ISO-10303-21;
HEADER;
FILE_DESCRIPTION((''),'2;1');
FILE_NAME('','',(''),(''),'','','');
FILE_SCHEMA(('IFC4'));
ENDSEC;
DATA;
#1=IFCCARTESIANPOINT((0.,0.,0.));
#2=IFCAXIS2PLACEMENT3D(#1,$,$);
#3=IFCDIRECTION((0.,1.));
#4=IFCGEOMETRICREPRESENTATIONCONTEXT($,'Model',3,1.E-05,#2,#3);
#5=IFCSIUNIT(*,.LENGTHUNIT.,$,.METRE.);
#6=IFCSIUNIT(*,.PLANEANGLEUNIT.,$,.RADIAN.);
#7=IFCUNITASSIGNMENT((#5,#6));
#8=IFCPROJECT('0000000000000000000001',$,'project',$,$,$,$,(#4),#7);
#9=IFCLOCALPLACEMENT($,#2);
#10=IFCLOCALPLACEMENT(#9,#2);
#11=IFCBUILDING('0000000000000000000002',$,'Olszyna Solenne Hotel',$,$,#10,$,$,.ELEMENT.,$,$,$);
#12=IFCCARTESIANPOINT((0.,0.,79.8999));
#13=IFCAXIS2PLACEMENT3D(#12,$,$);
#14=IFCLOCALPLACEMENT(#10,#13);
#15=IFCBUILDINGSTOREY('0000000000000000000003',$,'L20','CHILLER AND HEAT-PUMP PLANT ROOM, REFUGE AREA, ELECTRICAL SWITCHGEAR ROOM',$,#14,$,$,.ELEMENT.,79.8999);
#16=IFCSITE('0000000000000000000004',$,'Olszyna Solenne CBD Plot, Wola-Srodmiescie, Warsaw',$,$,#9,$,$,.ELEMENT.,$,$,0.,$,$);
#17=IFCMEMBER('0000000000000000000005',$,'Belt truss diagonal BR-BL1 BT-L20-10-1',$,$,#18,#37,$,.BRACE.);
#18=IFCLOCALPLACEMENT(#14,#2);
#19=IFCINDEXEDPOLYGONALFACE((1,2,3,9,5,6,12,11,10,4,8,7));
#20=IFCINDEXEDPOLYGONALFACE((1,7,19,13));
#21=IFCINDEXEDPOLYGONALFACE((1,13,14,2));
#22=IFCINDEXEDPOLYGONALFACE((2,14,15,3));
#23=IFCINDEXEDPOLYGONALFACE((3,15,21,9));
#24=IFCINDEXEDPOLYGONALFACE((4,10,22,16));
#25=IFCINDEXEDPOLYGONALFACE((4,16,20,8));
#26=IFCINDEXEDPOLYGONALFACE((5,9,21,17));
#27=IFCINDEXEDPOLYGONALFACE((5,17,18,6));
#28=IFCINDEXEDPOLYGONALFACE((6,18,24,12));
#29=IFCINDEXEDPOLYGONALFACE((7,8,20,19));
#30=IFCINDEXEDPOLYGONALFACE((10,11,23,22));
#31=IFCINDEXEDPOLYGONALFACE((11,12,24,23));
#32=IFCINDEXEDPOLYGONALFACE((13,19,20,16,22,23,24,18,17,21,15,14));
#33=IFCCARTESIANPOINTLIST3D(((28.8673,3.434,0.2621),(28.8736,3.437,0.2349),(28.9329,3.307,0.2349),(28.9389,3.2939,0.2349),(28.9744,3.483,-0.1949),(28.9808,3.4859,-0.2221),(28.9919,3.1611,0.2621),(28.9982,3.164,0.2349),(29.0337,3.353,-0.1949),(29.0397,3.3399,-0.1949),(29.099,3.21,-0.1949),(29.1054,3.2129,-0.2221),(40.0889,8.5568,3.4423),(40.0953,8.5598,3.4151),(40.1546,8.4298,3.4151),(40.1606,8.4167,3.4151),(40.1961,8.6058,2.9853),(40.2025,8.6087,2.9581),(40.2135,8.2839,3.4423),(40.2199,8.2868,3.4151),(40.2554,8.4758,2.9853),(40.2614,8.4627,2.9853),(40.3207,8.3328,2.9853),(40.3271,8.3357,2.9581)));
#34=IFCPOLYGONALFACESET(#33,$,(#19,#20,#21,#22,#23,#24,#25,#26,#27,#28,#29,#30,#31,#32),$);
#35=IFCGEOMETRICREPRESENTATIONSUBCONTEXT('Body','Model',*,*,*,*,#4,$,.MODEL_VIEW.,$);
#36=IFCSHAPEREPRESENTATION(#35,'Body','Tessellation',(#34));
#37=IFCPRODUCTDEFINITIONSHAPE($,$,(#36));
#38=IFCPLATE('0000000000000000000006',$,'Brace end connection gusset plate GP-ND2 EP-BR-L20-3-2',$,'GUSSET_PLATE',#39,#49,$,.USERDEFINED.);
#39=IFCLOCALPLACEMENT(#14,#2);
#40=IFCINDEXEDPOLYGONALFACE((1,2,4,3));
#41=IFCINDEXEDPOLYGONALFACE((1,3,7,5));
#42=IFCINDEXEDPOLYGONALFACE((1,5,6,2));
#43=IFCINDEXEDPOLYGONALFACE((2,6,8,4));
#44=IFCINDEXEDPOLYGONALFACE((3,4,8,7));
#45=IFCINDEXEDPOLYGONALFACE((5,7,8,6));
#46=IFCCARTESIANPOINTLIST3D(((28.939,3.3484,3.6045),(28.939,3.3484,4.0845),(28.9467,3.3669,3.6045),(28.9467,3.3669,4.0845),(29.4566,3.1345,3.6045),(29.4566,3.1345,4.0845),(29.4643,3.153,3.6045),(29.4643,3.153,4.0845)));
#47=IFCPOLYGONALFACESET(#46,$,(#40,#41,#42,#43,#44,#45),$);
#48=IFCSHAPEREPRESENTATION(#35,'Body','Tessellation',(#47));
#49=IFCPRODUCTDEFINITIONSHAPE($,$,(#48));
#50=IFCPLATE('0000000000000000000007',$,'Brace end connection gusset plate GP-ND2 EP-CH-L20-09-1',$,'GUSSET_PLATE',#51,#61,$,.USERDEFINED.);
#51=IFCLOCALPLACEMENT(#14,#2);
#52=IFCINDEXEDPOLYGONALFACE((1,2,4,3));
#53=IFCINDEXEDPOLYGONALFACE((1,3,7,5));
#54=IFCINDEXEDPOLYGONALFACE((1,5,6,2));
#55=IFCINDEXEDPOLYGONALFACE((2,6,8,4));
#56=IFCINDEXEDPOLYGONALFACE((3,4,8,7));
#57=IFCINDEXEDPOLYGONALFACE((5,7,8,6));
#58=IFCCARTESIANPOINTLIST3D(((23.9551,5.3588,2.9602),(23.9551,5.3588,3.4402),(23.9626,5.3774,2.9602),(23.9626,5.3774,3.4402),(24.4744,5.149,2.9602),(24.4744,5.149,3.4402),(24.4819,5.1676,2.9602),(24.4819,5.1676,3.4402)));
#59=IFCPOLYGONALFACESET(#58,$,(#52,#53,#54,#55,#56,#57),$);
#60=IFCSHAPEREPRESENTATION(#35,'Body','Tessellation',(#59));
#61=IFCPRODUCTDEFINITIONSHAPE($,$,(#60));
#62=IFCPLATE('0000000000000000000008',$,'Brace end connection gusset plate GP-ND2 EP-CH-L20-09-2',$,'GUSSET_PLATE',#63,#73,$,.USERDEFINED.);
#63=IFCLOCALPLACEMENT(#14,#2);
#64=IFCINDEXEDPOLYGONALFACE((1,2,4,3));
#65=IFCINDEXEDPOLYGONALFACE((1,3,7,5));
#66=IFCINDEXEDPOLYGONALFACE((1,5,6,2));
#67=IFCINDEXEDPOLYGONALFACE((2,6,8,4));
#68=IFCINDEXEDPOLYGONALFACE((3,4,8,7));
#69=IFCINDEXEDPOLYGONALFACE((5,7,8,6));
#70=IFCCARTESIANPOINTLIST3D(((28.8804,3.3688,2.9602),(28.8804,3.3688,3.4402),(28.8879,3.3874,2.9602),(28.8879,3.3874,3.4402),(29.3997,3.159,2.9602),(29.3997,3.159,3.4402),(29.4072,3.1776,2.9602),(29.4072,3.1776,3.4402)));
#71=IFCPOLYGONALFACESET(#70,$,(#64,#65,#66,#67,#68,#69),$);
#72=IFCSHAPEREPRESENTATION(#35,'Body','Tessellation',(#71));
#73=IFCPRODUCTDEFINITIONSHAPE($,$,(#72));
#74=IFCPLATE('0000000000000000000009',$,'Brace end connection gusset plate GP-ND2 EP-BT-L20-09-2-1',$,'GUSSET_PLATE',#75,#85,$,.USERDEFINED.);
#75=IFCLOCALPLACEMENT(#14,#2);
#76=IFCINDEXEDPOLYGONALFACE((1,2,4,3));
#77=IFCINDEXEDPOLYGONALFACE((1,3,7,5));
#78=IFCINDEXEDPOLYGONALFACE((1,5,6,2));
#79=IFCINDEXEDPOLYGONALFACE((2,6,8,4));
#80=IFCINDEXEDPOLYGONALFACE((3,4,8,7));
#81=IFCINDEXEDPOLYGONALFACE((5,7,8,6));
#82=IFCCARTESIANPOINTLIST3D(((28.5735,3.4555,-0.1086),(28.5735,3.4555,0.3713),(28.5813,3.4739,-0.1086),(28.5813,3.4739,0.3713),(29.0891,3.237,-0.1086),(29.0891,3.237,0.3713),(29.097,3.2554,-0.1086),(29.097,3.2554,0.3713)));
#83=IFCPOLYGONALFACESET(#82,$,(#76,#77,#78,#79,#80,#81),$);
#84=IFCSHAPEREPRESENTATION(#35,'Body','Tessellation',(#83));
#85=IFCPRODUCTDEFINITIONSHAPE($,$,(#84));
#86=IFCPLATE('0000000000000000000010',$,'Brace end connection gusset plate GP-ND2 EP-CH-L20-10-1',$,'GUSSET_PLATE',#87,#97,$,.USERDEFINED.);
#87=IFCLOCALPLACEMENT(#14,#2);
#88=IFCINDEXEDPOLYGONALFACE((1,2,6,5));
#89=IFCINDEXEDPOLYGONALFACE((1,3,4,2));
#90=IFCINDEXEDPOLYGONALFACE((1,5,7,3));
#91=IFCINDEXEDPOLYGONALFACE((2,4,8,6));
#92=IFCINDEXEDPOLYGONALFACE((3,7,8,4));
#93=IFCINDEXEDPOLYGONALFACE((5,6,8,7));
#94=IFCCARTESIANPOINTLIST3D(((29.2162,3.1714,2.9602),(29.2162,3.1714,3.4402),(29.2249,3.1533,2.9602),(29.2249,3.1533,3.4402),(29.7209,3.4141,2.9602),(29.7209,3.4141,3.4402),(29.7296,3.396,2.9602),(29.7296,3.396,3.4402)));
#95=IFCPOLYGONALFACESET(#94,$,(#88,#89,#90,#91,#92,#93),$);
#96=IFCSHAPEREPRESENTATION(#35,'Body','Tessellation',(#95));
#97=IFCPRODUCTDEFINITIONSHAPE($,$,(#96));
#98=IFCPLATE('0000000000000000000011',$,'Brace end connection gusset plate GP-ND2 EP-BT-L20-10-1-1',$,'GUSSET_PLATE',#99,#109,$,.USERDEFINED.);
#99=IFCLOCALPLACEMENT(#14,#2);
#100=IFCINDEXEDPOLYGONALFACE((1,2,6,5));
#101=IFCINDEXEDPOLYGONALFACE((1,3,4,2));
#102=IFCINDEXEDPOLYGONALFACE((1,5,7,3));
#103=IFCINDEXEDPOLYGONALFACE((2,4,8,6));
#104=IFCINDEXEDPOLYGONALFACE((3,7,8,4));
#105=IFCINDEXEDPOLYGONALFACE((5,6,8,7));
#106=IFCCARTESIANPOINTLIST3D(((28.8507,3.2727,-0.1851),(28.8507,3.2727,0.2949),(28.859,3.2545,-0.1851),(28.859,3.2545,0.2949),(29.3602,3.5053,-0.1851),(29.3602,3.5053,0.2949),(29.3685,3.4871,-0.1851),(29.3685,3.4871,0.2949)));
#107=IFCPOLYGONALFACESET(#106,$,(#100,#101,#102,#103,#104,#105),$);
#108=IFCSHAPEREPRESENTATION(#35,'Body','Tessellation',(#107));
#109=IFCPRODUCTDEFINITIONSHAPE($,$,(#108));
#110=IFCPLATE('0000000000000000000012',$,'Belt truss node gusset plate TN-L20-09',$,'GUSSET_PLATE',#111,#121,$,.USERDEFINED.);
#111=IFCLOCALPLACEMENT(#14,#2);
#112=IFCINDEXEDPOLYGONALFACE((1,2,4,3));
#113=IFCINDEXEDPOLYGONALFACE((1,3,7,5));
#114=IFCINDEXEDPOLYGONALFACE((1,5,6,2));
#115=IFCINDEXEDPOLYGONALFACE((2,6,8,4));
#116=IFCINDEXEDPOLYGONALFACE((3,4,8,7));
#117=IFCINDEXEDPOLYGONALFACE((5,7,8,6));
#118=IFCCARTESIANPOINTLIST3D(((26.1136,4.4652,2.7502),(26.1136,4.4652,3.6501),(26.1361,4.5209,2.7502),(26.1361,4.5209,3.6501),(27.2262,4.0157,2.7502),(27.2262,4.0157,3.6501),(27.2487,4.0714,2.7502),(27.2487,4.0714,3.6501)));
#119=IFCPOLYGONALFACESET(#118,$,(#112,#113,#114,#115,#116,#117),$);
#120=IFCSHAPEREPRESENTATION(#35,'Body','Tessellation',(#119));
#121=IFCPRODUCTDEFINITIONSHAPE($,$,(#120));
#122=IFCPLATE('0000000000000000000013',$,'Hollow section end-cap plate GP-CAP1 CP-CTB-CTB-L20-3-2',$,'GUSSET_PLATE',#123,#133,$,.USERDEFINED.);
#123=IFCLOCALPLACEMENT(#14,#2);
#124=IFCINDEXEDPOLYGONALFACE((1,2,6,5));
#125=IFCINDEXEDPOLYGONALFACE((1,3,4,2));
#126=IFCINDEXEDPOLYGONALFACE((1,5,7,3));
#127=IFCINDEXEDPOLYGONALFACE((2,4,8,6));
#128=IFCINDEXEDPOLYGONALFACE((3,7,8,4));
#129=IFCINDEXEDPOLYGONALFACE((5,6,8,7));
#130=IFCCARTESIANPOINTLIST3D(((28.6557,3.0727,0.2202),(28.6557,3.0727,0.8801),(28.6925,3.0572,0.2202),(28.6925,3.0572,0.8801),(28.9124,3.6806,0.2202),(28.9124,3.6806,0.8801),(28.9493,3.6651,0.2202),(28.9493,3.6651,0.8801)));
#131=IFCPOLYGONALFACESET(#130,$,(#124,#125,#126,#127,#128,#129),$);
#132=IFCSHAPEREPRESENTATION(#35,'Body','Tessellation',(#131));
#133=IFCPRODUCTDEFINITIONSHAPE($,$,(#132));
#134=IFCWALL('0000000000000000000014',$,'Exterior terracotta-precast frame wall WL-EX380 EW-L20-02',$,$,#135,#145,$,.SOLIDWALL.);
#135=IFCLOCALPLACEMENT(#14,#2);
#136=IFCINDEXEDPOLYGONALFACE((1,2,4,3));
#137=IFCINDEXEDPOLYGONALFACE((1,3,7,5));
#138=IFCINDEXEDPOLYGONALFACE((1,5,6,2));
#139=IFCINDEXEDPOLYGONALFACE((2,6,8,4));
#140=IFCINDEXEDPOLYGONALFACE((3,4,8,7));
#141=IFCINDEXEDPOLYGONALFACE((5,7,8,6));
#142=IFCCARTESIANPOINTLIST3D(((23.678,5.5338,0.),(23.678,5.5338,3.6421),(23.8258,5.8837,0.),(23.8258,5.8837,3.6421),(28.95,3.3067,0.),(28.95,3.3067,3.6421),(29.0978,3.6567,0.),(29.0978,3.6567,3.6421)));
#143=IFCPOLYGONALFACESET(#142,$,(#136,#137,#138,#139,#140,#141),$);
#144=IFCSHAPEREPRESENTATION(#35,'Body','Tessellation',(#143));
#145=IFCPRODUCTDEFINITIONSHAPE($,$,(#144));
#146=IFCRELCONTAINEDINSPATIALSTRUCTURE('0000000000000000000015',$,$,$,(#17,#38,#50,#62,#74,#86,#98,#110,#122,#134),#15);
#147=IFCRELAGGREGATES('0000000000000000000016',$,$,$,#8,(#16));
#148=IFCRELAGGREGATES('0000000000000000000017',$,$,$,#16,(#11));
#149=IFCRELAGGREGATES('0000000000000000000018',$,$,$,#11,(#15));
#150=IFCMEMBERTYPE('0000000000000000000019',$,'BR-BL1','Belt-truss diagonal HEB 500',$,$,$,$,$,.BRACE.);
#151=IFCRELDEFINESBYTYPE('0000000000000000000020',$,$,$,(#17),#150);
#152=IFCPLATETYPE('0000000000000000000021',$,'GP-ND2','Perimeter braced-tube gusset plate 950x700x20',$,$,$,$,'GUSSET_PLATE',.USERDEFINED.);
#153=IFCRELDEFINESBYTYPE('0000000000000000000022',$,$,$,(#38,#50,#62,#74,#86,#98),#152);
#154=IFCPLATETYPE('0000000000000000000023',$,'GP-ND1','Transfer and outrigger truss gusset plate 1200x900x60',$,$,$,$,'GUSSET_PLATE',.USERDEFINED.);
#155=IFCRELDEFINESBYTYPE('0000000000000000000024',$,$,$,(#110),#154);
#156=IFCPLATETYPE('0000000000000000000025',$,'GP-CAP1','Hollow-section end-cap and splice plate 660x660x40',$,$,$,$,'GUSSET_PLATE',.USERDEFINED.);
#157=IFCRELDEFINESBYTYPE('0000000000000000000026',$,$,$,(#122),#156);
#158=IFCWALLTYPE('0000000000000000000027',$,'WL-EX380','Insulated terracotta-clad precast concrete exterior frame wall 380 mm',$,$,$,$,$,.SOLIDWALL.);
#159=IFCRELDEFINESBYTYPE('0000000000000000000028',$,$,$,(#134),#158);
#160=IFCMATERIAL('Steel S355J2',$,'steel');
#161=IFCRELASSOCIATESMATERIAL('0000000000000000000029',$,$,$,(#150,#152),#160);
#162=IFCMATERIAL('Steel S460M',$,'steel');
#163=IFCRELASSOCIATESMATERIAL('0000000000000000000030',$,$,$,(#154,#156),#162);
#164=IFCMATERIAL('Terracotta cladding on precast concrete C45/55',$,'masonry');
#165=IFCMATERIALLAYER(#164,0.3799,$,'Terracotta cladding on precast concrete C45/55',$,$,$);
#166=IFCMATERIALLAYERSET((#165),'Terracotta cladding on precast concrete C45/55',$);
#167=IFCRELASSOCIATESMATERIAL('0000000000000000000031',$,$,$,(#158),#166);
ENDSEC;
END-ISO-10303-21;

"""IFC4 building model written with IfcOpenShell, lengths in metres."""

from ifc_helpers import new_model, si_unit, direction, frame, frame_2d, origin, origin_2d, place, context, subcontext, project, spatial, rectangle, i_section, extrude, source, transform, mapped, material, layer, layer_set, material_profile, profile_set, type_object, element, save


model = new_model("IFC4")

# Units and contexts
model_context = context("Model", 3, precision=1e-05, world=origin(), true_north=direction((0.0, 1.0)))
body_context = subcontext(model_context, "Body", "Model", "MODEL_VIEW")
ifc_project = project(units=[si_unit("LENGTHUNIT", "METRE"), si_unit("PLANEANGLEUNIT", "RADIAN")], contexts=[model_context])

# Site, building, storey
site_placement = place(None, origin())
site = spatial("IfcSite", under=ifc_project, at=site_placement, Name="Olszyna Solenne CBD Plot, Wola-Srodmiescie, Warsaw", CompositionType="ELEMENT", RefElevation=0.0)
building_placement = place(site_placement, origin())
building = spatial("IfcBuilding", under=site, at=building_placement, Name="Olszyna Solenne Hotel", CompositionType="ELEMENT")
storey_placement = place(building_placement, frame((0.0, 0.0, 79.8999)))
storey = spatial("IfcBuildingStorey", under=building, at=storey_placement, Name="L20", Description="CHILLER AND HEAT-PUMP PLANT ROOM, REFUGE AREA, ELECTRICAL SWITCHGEAR ROOM", CompositionType="ELEMENT", Elevation=79.8999)

# Shared definitions
ifc_material_1 = material(Name="Steel S460M", Category="steel")

# Shared definitions
ifc_material_2 = material(Name="Steel S355J2", Category="steel")

# Member
ifc_material_profile_1 = material_profile(ifc_material_2, i_section(OverallWidth=0.3, OverallDepth=0.5, WebThickness=0.0144, FlangeThickness=0.0281, at=origin_2d()), Name="HEB 500", Category="load-bearing")
ifc_profile_set_1 = profile_set([ifc_material_profile_1], Name="Steel S355J2")
member_type_1 = type_object("IfcMemberType", Name="BR-BL1", Description="Belt-truss diagonal HEB 500", PredefinedType="BRACE", material=ifc_profile_set_1)
shared_shape_1 = source(origin(), body_context, "Body", "SweptSolid", [
    extrude(i_section(OverallWidth=0.3, OverallDepth=0.5, WebThickness=0.0144, FlangeThickness=0.0281, at=origin_2d()), origin(), (0.0, 0.0, 1.0), 12.739),
])
member_1_placement = place(storey_placement, frame((28.9863, 3.3235, 0.02), z_axis=(0.88089, 0.402135, 0.24964), x_axis=(-0.415283, 0.909692, 0.0)))
element("IfcMember", 1, at=member_1_placement, inside=storey, type_object=member_type_1, Name="Belt truss diagonal BR-BL1 BT-L20-10-1", PredefinedType="BRACE", context=body_context, shape_type="MappedRepresentation", body=[
    mapped(shared_shape_1, transform((0.0, 0.0, 0.0), x_axis=(1.0, 0.0, 0.0), y_axis=(0.0, 1.0, 0.0), z_axis=(0.0, 0.0, 1.0), scale=1.0)),
])

# Plates
plate_type_1 = type_object("IfcPlateType", Name="GP-ND2", Description="Perimeter braced-tube gusset plate 950x700x20", ElementType="GUSSET_PLATE", PredefinedType="USERDEFINED", material=ifc_material_2)
shared_shape_2 = source(origin(), body_context, "Body", "SweptSolid", [
    extrude(rectangle(XDim=0.5601, YDim=0.02, at=origin_2d()), origin(), (0.0, 0.0, 1.0), 0.48),
])
for number, where, z_axis, x_axis, name in (
    (2, (29.2017, 3.2507, 3.6045), (0.0, 0.0, 1.0), (0.924213, -0.381877, 0.0), "Brace end connection gusset plate GP-ND2 EP-BR-L20-3-2"),
    (3, (24.2185, 5.2632, 2.9602), (0.0, 0.0, 1.0), (0.927184, -0.374607, 0.0), "Brace end connection gusset plate GP-ND2 EP-CH-L20-09-1"),
    (4, (29.1438, 3.2732, 2.9602), (0.0, 0.0, 1.0), (0.927184, -0.374607, 0.0), "Brace end connection gusset plate GP-ND2 EP-CH-L20-09-2"),
    (5, (28.8352, 3.3555, -0.1086), (0.0, 0.0, 1.0), (-0.920777, 0.390088, 0.0), "Brace end connection gusset plate GP-ND2 EP-BT-L20-09-2-1"),
    (6, (29.4729, 3.2837, 2.9602), (0.0, 0.0, 1.0), (0.901228, 0.433345, 0.0), "Brace end connection gusset plate GP-ND2 EP-CH-L20-10-1"),
    (7, (29.1096, 3.3799, -0.1851), (0.0, 0.0, 1.0), (0.909672, 0.415328, 0.0), "Brace end connection gusset plate GP-ND2 EP-BT-L20-10-1-1"),
):
    element("IfcPlate", number, at=place(storey_placement, frame(where, z_axis=z_axis, x_axis=x_axis)), inside=storey, type_object=plate_type_1, Name=name, ObjectType="GUSSET_PLATE", PredefinedType="USERDEFINED", context=body_context, shape_type="MappedRepresentation", body=[
        mapped(shared_shape_2, transform((0.0, 0.0, 0.0), x_axis=(1.0, 0.0, 0.0), y_axis=(0.0, 1.0, 0.0), z_axis=(0.0, 0.0, 1.0), scale=1.0)),
    ])
plate_type_2 = type_object("IfcPlateType", Name="GP-ND1", Description="Transfer and outrigger truss gusset plate 1200x900x60", ElementType="GUSSET_PLATE", PredefinedType="USERDEFINED", material=ifc_material_1)
shared_shape_3 = source(origin(), body_context, "Body", "SweptSolid", [
    extrude(rectangle(XDim=1.2, YDim=0.0601, at=origin_2d()), origin(), (0.0, 0.0, 1.0), 0.8999),
])
plate_1_placement = place(storey_placement, frame((26.6812, 4.2683, 2.7502), z_axis=(0.0, 0.0, 1.0), x_axis=(0.927184, -0.374607, 0.0)))
element("IfcPlate", 8, at=plate_1_placement, inside=storey, type_object=plate_type_2, Name="Belt truss node gusset plate TN-L20-09", ObjectType="GUSSET_PLATE", PredefinedType="USERDEFINED", context=body_context, shape_type="MappedRepresentation", body=[
    mapped(shared_shape_3, transform((0.0, 0.0, 0.0), x_axis=(1.0, 0.0, 0.0), y_axis=(0.0, 1.0, 0.0), z_axis=(0.0, 0.0, 1.0), scale=1.0)),
])
plate_type_3 = type_object("IfcPlateType", Name="GP-CAP1", Description="Hollow-section end-cap and splice plate 660x660x40", ElementType="GUSSET_PLATE", PredefinedType="USERDEFINED", material=ifc_material_1)
shared_shape_4 = source(origin(), body_context, "Body", "SweptSolid", [
    extrude(rectangle(XDim=0.04, YDim=0.6599, at=origin_2d()), origin(), (0.0, 0.0, 1.0), 0.6599),
])
plate_2_placement = place(storey_placement, frame((28.8025, 3.3689, 0.2202), z_axis=(0.0, 0.0, 1.0), x_axis=(0.921185, -0.389124, 0.0)))
element("IfcPlate", 9, at=plate_2_placement, inside=storey, type_object=plate_type_3, Name="Hollow section end-cap plate GP-CAP1 CP-CTB-CTB-L20-3-2", ObjectType="GUSSET_PLATE", PredefinedType="USERDEFINED", context=body_context, shape_type="MappedRepresentation", body=[
    mapped(shared_shape_4, transform((0.0, 0.0, 0.0), x_axis=(1.0, 0.0, 0.0), y_axis=(0.0, 1.0, 0.0), z_axis=(0.0, 0.0, 1.0), scale=1.0)),
])

# Wall
ifc_material_3 = material(Name="Terracotta cladding on precast concrete C45/55", Category="masonry")
ifc_layer = layer(ifc_material_3, 0.3799, Name="Terracotta cladding on precast concrete C45/55")
ifc_layer_set = layer_set([ifc_layer], Name="Terracotta cladding on precast concrete C45/55")
wall_type = type_object("IfcWallType", Name="WL-EX380", Description="Insulated terracotta-clad precast concrete exterior frame wall 380 mm", PredefinedType="SOLIDWALL", material=ifc_layer_set)
wall_placement = place(storey_placement, frame((29.0239, 3.4817, 0.0), z_axis=(0.0, 0.0, 1.0), x_axis=(-0.92118, 0.389136, 0.0)))
element("IfcWall", 10, at=wall_placement, inside=storey, type_object=wall_type, Name="Exterior terracotta-precast frame wall WL-EX380 EW-L20-02", PredefinedType="SOLIDWALL", context=body_context, shape_type="SweptSolid", body=[
    extrude(rectangle(XDim=5.7231, YDim=0.3799, at=frame_2d((2.8616, 0.0))), origin(), (0.0, 0.0, 1.0), 3.6421),
])

save(model, "model.ifc")
